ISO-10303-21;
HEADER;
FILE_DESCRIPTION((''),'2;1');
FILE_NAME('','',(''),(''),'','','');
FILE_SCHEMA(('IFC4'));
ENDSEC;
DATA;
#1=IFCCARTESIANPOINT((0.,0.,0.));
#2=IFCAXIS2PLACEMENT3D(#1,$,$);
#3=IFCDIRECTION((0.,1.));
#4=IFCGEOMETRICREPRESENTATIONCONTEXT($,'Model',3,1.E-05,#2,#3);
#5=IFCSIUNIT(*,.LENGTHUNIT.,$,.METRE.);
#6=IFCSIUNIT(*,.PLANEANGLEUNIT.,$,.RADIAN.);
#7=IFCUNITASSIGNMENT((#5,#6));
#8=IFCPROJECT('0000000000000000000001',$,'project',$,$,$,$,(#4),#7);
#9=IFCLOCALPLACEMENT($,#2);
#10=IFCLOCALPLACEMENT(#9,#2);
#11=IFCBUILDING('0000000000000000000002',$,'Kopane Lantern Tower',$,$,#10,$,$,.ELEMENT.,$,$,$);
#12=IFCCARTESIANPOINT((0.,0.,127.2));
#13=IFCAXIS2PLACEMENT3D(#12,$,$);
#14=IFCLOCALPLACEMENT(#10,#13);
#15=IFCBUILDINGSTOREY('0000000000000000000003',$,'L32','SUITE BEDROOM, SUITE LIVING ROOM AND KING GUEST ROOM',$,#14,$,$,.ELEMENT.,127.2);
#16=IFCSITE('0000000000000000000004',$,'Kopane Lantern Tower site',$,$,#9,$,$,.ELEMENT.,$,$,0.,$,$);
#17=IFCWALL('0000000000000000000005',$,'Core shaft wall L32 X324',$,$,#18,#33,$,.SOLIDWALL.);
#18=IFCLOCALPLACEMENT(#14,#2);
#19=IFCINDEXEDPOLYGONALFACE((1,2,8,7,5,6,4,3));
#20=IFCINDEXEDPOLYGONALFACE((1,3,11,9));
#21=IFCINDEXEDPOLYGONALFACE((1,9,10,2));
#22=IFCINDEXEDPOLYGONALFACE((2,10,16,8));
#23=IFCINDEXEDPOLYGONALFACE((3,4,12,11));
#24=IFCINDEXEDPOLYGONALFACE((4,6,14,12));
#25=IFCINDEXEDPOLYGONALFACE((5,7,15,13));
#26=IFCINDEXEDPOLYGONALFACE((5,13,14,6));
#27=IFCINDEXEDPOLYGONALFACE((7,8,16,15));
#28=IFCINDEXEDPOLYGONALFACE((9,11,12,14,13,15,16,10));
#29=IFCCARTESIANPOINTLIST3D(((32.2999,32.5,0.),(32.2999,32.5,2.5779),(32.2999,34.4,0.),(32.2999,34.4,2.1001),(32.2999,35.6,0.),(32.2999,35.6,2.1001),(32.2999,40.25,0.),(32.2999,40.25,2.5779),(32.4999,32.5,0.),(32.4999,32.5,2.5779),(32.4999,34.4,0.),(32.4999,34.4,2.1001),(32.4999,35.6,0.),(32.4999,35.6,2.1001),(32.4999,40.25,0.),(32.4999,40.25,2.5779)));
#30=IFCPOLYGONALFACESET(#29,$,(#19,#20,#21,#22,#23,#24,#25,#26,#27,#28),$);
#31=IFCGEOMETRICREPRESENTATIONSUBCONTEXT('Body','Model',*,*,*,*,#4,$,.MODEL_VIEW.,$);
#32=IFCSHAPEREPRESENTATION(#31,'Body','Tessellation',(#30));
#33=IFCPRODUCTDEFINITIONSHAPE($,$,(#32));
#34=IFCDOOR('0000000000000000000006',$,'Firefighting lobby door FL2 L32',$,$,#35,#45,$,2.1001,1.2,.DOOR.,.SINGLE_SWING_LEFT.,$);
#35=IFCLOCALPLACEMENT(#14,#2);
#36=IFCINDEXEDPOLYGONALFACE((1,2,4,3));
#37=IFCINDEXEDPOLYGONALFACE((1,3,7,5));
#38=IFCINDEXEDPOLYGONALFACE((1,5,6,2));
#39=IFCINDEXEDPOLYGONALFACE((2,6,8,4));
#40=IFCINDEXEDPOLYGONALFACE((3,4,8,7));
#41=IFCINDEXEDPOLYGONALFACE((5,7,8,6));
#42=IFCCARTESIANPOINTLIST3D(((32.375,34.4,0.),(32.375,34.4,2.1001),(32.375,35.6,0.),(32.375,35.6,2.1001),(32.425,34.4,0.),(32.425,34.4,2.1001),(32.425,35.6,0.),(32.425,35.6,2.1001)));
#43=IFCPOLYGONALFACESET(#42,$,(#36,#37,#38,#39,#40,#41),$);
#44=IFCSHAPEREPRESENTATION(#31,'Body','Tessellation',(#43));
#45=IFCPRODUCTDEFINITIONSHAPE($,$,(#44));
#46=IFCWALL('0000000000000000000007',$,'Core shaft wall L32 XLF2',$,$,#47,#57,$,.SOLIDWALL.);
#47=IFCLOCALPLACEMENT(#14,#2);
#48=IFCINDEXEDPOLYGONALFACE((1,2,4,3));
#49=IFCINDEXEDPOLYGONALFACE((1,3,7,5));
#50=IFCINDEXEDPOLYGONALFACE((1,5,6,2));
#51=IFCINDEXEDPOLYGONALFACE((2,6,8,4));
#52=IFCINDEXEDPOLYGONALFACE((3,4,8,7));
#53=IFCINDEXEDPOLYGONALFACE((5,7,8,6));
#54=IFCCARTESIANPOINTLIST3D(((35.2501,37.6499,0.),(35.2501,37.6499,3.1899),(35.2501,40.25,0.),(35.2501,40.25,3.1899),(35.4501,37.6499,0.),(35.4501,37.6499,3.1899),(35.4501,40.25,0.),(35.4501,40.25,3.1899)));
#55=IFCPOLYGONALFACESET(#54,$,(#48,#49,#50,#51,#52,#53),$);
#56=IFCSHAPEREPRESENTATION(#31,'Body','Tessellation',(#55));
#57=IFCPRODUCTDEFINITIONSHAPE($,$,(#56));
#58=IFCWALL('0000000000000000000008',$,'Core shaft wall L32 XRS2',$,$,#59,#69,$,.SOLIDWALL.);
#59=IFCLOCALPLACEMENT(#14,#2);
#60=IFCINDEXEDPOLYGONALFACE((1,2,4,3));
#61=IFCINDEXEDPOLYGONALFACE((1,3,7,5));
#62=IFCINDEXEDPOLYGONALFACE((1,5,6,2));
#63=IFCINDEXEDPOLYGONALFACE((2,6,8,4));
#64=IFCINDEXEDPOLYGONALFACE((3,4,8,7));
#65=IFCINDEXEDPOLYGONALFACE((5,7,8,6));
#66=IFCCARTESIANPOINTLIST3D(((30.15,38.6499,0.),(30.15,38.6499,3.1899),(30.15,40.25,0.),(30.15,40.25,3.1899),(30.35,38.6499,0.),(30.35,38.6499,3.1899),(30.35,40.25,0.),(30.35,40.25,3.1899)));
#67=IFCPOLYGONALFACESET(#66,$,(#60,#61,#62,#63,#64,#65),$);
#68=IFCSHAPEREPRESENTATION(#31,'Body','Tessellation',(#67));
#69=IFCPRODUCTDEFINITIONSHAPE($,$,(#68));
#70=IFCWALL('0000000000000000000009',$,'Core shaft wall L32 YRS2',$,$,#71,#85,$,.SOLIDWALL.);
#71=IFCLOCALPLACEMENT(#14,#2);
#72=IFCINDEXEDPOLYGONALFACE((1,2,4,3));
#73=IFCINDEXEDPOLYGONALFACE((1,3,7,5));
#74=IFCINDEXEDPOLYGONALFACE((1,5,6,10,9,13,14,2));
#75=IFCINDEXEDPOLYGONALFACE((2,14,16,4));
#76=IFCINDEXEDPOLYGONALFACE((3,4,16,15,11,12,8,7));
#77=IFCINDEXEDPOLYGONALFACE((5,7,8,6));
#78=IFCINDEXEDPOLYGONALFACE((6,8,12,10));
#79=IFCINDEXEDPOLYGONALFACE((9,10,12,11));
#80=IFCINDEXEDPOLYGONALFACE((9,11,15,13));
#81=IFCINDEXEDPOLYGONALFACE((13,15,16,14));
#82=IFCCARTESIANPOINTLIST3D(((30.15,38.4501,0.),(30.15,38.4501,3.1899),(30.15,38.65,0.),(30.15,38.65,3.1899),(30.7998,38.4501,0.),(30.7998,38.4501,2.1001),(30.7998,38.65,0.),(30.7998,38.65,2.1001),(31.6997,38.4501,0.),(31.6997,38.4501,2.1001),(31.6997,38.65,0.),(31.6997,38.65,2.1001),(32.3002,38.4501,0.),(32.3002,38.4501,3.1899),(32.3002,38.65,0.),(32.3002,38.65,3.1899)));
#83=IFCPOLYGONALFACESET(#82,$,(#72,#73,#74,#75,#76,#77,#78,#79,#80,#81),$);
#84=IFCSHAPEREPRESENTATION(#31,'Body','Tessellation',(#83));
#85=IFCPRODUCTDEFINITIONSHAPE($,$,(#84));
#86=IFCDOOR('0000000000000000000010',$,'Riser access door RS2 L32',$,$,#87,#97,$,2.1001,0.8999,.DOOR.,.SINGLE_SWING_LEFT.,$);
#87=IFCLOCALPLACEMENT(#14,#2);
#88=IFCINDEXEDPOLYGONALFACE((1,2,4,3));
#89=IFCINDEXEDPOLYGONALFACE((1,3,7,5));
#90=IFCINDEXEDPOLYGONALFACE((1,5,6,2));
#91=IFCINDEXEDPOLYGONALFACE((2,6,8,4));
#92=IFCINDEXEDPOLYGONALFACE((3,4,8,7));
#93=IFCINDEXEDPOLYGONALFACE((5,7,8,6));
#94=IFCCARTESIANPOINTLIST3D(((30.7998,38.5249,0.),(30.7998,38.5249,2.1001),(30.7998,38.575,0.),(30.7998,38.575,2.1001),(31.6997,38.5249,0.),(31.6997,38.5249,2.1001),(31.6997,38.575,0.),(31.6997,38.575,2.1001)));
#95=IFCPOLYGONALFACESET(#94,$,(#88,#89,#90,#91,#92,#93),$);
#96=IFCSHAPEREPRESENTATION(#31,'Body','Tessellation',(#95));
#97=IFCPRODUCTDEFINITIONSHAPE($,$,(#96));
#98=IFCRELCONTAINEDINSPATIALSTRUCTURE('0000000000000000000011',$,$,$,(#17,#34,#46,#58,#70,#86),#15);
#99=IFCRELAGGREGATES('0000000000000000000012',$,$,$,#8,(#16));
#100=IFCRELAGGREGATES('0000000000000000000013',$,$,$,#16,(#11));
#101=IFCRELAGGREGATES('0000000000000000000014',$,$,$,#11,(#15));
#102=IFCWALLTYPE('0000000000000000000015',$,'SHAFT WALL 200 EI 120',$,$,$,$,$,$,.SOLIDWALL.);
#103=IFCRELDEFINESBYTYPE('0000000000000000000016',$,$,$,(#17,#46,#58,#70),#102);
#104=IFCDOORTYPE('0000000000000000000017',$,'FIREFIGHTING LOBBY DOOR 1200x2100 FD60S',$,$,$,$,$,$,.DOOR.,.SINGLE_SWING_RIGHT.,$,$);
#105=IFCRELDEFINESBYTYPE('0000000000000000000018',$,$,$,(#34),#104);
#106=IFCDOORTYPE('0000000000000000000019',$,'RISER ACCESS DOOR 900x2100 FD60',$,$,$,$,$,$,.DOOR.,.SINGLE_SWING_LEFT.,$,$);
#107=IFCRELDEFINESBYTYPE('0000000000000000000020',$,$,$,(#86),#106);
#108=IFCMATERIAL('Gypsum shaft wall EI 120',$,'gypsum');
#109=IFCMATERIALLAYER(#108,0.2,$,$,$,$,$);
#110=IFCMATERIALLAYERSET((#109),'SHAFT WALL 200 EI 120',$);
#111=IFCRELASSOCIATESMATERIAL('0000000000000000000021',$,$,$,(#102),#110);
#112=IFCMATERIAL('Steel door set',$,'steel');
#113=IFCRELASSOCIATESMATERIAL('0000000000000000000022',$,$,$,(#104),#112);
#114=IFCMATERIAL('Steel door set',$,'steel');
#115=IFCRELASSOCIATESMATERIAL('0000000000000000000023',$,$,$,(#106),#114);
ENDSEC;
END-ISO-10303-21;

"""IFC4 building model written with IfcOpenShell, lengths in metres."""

from ifc_helpers import new_model, si_unit, direction, frame, frame_2d, origin, place, context, subcontext, project, spatial, rectangle, extrude, material, layer, layer_set, type_object, element, fill, save


model = new_model("IFC4")

# Units and contexts
model_context = context("Model", 3, precision=1e-05, world=origin(), true_north=direction((0.0, 1.0)))
body_context = subcontext(model_context, "Body", "Model", "MODEL_VIEW")
ifc_project = project(units=[si_unit("LENGTHUNIT", "METRE"), si_unit("PLANEANGLEUNIT", "RADIAN")], contexts=[model_context])

# Site, building, storey
site_placement = place(None, origin())
site = spatial("IfcSite", under=ifc_project, at=site_placement, Name="Kopane Lantern Tower site", CompositionType="ELEMENT", RefElevation=0.0)
building_placement = place(site_placement, origin())
building = spatial("IfcBuilding", under=site, at=building_placement, Name="Kopane Lantern Tower", CompositionType="ELEMENT")
storey_placement = place(building_placement, frame((0.0, 0.0, 127.2)))
storey = spatial("IfcBuildingStorey", under=building, at=storey_placement, Name="L32", Description="SUITE BEDROOM, SUITE LIVING ROOM AND KING GUEST ROOM", CompositionType="ELEMENT", Elevation=127.2)

# Shared definitions
ifc_material_1 = material(Name="Gypsum shaft wall EI 120", Category="gypsum")
ifc_layer_1 = layer(ifc_material_1, 0.2)
ifc_layer_set_1 = layer_set([ifc_layer_1], Name="SHAFT WALL 200 EI 120")
wall_type_1 = type_object("IfcWallType", Name="SHAFT WALL 200 EI 120", PredefinedType="SOLIDWALL", material=ifc_layer_set_1)

# Wall, opening, door
wall_1_placement = place(storey_placement, frame((32.3999, 32.5, 0.0), z_axis=(0.0, 0.0, 1.0), x_axis=(0.0, 1.0, 0.0)))
wall_1 = element("IfcWall", 1, at=wall_1_placement, inside=storey, type_object=wall_type_1, Name="Core shaft wall L32 X324", PredefinedType="SOLIDWALL", context=body_context, shape_type="SweptSolid", body=[
    extrude(rectangle(XDim=7.75, YDim=0.2, at=frame_2d((3.875, 0.0))), origin(), (0.0, 0.0, 1.0), 2.5779),
])
opening_1_placement = place(wall_1_placement, frame((1.8999, 0.0, 0.0)))
opening_1 = element("IfcOpeningElement", 2, at=opening_1_placement, cuts=wall_1, PredefinedType="OPENING", context=body_context, shape_type="SweptSolid", body=[
    extrude(rectangle(XDim=1.2, YDim=2.1001, at=frame_2d((0.6001, 1.05))), frame((0.0, 0.1099, 0.0), z_axis=(0.0, -1.0, 0.0), x_axis=(1.0, 0.0, 0.0)), (0.0, 0.0, 1.0), 0.22),
])
ifc_material_2 = material(Name="Steel door set", Category="steel")
door_type_1 = type_object("IfcDoorType", Name="FIREFIGHTING LOBBY DOOR 1200x2100 FD60S", OperationType="SINGLE_SWING_RIGHT", PredefinedType="DOOR", material=ifc_material_2)
door_1_placement = place(opening_1_placement, origin())
door_1 = element("IfcDoor", 3, at=door_1_placement, inside=storey, type_object=door_type_1, Name="Firefighting lobby door FL2 L32", OperationType="SINGLE_SWING_LEFT", OverallHeight=2.1001, OverallWidth=1.2, PredefinedType="DOOR", context=body_context, shape_type="SweptSolid", body=[
    extrude(rectangle(XDim=1.2, YDim=2.1001, at=frame_2d((0.6001, 1.05))), frame((0.0, 0.0249, 0.0), z_axis=(0.0, -1.0, 0.0), x_axis=(1.0, 0.0, 0.0)), (0.0, 0.0, 1.0), 0.05),
])
fill(opening_1, door_1)

# Walls
wall_2_placement = place(storey_placement, frame((35.3501, 37.6499, 0.0), z_axis=(0.0, 0.0, 1.0), x_axis=(0.0, 1.0, 0.0)))
element("IfcWall", 4, at=wall_2_placement, inside=storey, type_object=wall_type_1, Name="Core shaft wall L32 XLF2", PredefinedType="SOLIDWALL", context=body_context, shape_type="SweptSolid", body=[
    extrude(rectangle(XDim=2.6001, YDim=0.2, at=frame_2d((1.3, 0.0))), origin(), (0.0, 0.0, 1.0), 3.1899),
])
wall_3_placement = place(storey_placement, frame((30.25, 38.6499, 0.0), z_axis=(0.0, 0.0, 1.0), x_axis=(0.0, 1.0, 0.0)))
element("IfcWall", 5, at=wall_3_placement, inside=storey, type_object=wall_type_1, Name="Core shaft wall L32 XRS2", PredefinedType="SOLIDWALL", context=body_context, shape_type="SweptSolid", body=[
    extrude(rectangle(XDim=1.6001, YDim=0.2, at=frame_2d((0.8, 0.0))), origin(), (0.0, 0.0, 1.0), 3.1899),
])

# Wall, opening, door
wall_4_placement = place(storey_placement, frame((30.1499, 38.55, 0.0), z_axis=(0.0, 0.0, 1.0), x_axis=(1.0, 0.0, 0.0)))
wall_4 = element("IfcWall", 6, at=wall_4_placement, inside=storey, type_object=wall_type_1, Name="Core shaft wall L32 YRS2", PredefinedType="SOLIDWALL", context=body_context, shape_type="SweptSolid", body=[
    extrude(rectangle(XDim=2.1501, YDim=0.2, at=frame_2d((1.0752, 0.0))), origin(), (0.0, 0.0, 1.0), 3.1899),
])
opening_2_placement = place(wall_4_placement, frame((0.6499, 0.0, 0.0)))
opening_2 = element("IfcOpeningElement", 7, at=opening_2_placement, cuts=wall_4, PredefinedType="OPENING", context=body_context, shape_type="SweptSolid", body=[
    extrude(rectangle(XDim=0.8999, YDim=2.1001, at=frame_2d((0.45, 1.05))), frame((0.0, 0.1099, 0.0), z_axis=(0.0, -1.0, 0.0), x_axis=(1.0, 0.0, 0.0)), (0.0, 0.0, 1.0), 0.22),
])
ifc_material_3 = material(Name="Steel door set", Category="steel")
door_type_2 = type_object("IfcDoorType", Name="RISER ACCESS DOOR 900x2100 FD60", OperationType="SINGLE_SWING_LEFT", PredefinedType="DOOR", material=ifc_material_3)
door_2_placement = place(opening_2_placement, origin())
door_2 = element("IfcDoor", 8, at=door_2_placement, inside=storey, type_object=door_type_2, Name="Riser access door RS2 L32", OperationType="SINGLE_SWING_LEFT", OverallHeight=2.1001, OverallWidth=0.8999, PredefinedType="DOOR", context=body_context, shape_type="SweptSolid", body=[
    extrude(rectangle(XDim=0.8999, YDim=2.1001, at=frame_2d((0.45, 1.05))), frame((0.0, 0.0249, 0.0), z_axis=(0.0, -1.0, 0.0), x_axis=(1.0, 0.0, 0.0)), (0.0, 0.0, 1.0), 0.05),
])
fill(opening_2, door_2)

save(model, "model.ifc")
